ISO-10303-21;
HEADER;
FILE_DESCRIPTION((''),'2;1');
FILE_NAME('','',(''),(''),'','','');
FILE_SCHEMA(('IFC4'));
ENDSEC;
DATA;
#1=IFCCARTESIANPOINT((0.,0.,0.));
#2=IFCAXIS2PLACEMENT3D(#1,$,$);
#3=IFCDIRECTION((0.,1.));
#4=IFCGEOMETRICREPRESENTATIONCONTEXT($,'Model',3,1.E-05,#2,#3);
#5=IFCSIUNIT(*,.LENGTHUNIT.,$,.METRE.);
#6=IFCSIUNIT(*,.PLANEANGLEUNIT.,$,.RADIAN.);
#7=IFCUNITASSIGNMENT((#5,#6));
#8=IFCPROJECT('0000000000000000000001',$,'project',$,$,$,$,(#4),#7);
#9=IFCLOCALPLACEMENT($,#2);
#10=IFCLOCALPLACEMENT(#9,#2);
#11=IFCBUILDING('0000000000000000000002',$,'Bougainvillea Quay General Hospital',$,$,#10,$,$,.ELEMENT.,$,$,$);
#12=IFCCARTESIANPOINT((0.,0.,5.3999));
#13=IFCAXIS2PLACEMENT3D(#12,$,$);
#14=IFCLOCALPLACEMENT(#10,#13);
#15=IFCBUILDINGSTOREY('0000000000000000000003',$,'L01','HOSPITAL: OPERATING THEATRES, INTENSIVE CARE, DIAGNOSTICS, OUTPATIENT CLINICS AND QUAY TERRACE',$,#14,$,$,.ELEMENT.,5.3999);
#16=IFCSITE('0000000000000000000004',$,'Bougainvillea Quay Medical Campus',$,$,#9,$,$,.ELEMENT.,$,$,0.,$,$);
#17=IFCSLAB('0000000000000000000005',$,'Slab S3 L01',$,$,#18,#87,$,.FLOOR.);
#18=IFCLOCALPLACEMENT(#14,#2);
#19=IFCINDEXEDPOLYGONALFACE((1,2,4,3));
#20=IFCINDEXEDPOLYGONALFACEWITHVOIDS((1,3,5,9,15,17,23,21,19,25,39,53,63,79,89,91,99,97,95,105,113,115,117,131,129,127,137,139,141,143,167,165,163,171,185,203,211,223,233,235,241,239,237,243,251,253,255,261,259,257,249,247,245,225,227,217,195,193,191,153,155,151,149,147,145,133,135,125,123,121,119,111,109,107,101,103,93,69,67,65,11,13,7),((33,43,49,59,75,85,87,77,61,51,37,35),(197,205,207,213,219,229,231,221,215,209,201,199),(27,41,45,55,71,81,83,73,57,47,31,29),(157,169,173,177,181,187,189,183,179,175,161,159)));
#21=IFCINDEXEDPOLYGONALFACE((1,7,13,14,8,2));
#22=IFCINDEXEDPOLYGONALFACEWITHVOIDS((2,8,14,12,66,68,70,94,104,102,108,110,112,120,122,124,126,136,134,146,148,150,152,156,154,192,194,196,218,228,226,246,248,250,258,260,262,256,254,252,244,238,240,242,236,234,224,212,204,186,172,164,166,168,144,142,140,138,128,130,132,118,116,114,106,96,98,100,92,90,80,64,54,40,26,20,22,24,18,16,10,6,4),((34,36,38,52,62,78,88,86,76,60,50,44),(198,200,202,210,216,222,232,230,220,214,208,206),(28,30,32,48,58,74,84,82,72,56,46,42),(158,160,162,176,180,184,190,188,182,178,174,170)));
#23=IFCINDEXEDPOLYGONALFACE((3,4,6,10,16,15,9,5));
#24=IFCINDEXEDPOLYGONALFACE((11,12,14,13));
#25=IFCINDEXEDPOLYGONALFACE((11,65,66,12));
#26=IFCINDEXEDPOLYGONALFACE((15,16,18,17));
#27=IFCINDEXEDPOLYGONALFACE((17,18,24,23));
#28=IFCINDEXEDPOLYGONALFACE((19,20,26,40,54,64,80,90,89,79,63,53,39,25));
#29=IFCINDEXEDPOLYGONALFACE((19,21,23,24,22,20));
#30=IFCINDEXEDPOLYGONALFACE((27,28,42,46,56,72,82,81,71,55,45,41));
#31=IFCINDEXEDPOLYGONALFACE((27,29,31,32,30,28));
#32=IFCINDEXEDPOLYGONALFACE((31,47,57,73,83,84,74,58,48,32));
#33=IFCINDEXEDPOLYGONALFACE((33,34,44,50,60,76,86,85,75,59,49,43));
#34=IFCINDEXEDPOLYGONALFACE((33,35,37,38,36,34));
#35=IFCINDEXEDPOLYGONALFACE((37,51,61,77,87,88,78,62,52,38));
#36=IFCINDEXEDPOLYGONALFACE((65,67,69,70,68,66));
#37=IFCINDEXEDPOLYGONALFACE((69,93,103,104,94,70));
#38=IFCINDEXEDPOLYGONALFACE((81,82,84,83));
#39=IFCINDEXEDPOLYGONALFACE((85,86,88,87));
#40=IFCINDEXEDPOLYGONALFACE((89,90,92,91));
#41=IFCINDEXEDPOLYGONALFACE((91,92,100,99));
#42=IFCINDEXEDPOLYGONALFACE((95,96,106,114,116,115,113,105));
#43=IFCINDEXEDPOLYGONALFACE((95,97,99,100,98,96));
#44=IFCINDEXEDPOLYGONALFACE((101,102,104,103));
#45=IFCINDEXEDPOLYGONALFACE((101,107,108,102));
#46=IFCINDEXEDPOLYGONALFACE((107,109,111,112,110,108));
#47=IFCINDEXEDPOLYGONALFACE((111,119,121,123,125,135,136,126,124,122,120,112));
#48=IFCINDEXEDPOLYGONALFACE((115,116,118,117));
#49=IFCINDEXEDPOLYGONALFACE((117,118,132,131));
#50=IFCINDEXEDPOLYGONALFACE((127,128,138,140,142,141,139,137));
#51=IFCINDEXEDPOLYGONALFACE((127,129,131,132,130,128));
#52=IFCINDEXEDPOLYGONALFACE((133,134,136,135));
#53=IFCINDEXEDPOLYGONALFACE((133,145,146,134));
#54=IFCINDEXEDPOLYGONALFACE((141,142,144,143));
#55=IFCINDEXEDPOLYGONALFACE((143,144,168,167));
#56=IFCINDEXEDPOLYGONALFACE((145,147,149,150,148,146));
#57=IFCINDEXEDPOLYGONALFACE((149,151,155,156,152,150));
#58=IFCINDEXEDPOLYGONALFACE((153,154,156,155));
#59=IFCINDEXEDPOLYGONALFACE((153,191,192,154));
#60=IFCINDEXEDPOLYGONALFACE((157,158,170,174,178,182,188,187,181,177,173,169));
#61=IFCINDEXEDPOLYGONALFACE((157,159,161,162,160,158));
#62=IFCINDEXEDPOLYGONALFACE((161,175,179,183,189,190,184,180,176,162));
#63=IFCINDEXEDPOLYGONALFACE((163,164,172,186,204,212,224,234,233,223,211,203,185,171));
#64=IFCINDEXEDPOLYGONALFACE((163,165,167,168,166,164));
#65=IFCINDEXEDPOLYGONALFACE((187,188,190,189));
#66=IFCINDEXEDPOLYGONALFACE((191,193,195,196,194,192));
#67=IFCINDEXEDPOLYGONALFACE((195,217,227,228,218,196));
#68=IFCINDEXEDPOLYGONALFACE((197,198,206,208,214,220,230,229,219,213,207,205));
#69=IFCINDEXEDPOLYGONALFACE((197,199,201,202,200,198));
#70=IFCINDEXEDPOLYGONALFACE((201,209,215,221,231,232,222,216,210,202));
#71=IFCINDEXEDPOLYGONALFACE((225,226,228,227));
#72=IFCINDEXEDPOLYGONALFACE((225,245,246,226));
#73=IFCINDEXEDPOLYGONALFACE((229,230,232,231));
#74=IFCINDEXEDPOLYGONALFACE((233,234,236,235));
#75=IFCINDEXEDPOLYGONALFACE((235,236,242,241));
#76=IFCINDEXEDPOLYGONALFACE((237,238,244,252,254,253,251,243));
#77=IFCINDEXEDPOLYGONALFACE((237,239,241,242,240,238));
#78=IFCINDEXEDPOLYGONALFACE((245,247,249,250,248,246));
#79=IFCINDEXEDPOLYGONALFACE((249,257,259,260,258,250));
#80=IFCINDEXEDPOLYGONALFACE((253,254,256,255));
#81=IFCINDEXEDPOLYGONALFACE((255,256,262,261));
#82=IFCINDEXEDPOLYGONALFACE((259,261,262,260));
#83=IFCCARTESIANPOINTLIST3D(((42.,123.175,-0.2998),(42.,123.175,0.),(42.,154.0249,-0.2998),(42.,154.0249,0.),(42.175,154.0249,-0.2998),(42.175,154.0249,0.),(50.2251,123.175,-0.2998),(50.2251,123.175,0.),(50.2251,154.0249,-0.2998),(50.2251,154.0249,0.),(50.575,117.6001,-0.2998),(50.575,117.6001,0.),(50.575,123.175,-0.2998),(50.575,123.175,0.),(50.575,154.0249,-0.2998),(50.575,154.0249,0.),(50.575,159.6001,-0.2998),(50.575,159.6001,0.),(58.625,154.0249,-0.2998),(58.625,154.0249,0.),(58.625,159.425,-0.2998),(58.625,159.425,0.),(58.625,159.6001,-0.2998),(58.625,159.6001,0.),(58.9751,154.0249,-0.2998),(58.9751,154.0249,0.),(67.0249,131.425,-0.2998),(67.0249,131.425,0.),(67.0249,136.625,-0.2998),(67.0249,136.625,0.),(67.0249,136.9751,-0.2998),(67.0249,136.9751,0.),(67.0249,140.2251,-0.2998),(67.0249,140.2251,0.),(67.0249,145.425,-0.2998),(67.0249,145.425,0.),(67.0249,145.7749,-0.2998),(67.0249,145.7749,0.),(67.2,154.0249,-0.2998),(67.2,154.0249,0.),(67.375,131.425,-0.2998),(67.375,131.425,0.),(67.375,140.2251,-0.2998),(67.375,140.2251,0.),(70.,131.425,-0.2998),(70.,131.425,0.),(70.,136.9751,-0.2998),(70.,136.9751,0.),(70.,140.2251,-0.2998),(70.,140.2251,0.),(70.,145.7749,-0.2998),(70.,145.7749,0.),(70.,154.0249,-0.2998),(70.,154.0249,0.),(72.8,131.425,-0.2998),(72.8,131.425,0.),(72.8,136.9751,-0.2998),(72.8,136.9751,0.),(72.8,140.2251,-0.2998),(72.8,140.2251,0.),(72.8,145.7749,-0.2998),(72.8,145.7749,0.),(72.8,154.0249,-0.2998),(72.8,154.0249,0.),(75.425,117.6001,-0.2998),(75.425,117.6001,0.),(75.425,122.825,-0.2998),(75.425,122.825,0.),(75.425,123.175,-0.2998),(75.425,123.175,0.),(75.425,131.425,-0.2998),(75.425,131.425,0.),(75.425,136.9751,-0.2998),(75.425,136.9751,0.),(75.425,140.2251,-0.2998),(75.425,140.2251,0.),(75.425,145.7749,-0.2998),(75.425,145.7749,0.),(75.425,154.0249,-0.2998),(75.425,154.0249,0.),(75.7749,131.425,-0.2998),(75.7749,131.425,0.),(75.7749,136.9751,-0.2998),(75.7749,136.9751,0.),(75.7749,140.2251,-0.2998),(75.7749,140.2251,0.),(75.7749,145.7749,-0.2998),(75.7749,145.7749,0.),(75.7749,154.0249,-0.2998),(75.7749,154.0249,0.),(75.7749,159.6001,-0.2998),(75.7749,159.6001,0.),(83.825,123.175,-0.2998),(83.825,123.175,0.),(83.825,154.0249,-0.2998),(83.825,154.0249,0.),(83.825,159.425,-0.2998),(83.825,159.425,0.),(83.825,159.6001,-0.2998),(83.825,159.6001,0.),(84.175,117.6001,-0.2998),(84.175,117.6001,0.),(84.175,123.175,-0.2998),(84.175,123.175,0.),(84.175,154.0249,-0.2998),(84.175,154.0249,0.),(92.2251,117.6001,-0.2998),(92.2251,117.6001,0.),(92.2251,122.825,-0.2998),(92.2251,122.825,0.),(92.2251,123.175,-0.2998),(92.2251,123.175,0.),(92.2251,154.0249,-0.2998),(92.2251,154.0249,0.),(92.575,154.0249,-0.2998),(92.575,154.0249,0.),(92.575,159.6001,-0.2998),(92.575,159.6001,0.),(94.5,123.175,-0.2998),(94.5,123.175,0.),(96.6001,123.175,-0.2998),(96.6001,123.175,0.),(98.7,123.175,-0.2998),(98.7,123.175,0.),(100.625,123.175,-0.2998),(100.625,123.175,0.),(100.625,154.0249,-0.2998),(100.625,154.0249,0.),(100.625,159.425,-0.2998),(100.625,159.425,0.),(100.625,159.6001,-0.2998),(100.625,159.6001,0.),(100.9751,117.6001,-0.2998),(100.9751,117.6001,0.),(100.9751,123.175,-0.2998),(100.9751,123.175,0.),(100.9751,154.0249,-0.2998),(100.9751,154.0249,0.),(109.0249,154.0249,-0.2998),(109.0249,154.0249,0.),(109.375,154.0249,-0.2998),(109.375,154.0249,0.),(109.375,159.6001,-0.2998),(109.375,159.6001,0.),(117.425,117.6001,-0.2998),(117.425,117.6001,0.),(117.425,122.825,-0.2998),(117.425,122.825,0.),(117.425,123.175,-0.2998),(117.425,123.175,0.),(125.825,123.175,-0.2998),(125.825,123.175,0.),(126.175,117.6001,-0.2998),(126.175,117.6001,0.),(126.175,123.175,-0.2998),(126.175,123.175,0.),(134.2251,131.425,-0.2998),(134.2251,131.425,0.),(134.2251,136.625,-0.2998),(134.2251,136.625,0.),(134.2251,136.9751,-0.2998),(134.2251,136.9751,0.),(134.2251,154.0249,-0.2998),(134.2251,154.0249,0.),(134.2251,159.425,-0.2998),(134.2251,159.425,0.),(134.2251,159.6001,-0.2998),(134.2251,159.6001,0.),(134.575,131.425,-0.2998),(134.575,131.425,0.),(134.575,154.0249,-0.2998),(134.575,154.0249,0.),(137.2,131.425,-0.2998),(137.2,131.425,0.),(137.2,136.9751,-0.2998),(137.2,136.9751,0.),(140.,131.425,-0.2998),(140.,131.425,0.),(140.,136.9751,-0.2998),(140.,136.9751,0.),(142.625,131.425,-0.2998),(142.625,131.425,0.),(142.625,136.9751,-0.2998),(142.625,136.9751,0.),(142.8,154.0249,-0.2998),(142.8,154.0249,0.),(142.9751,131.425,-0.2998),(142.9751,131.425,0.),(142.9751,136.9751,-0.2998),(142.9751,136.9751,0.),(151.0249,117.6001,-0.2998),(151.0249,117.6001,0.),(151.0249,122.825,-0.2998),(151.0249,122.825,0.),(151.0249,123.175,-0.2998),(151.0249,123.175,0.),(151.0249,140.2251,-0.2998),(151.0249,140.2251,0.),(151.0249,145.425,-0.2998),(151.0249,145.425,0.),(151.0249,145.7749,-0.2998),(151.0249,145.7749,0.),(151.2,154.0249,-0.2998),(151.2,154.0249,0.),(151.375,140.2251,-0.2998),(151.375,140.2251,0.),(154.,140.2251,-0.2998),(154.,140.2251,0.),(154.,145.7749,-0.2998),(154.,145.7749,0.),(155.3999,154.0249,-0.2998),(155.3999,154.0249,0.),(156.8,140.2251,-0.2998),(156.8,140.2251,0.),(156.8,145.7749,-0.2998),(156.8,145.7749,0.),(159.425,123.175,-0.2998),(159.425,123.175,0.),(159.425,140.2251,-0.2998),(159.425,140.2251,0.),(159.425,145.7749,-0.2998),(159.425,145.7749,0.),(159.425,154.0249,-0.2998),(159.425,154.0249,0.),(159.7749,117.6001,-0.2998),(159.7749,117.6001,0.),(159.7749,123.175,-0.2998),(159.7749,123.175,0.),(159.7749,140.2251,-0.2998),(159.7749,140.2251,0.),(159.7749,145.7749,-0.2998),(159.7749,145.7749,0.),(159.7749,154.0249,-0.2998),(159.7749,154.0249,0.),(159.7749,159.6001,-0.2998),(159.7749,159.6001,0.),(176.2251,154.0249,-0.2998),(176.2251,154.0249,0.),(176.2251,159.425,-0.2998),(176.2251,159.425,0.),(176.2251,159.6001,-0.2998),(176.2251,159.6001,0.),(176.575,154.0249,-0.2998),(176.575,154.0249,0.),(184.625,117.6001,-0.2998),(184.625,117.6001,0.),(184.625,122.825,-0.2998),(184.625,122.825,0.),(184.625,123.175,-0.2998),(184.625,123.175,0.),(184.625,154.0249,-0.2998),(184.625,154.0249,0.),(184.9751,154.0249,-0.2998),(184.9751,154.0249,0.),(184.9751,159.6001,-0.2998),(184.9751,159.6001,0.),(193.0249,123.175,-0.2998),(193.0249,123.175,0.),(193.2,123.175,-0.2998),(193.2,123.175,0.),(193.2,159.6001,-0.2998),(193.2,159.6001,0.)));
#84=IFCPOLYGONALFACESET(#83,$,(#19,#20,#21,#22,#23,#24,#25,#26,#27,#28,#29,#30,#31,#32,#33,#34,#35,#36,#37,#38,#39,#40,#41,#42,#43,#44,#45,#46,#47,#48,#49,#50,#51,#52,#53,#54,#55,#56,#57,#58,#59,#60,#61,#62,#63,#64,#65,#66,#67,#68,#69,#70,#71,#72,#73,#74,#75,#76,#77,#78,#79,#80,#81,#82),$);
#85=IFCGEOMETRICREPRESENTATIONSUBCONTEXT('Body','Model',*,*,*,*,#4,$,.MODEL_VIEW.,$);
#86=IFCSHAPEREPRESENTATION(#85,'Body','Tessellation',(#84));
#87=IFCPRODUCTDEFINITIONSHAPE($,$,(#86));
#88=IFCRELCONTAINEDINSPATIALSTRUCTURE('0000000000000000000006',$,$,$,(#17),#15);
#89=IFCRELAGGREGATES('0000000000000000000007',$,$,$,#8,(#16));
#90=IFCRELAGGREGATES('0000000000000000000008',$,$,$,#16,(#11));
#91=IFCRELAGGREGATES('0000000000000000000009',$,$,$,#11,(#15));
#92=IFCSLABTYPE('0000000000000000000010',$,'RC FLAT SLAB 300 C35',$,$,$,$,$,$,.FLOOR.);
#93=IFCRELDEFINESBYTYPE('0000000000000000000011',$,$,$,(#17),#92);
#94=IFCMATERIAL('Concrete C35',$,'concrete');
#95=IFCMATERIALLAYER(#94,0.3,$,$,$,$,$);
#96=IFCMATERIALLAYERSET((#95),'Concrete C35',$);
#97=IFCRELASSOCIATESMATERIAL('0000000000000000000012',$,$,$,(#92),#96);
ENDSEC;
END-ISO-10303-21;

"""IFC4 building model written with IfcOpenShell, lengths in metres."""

from ifc_helpers import new_model, si_unit, direction, frame, origin, place, context, subcontext, project, spatial, polyline, outline, extrude, material, layer, layer_set, type_object, element, save


model = new_model("IFC4")

# Units and contexts
model_context = context("Model", 3, precision=1e-05, world=origin(), true_north=direction((0.0, 1.0)))
body_context = subcontext(model_context, "Body", "Model", "MODEL_VIEW")
ifc_project = project(units=[si_unit("LENGTHUNIT", "METRE"), si_unit("PLANEANGLEUNIT", "RADIAN")], contexts=[model_context])

# Site, building, storey
site_placement = place(None, origin())
site = spatial("IfcSite", under=ifc_project, at=site_placement, Name="Bougainvillea Quay Medical Campus", CompositionType="ELEMENT", RefElevation=0.0)
building_placement = place(site_placement, origin())
building = spatial("IfcBuilding", under=site, at=building_placement, Name="Bougainvillea Quay General Hospital", CompositionType="ELEMENT")
storey_placement = place(building_placement, frame((0.0, 0.0, 5.3999)))
storey = spatial("IfcBuildingStorey", under=building, at=storey_placement, Name="L01", Description="HOSPITAL: OPERATING THEATRES, INTENSIVE CARE, DIAGNOSTICS, OUTPATIENT CLINICS AND QUAY TERRACE", CompositionType="ELEMENT", Elevation=5.3999)

# Slab
ifc_material_1 = material(Name="Concrete C35", Category="concrete")
ifc_layer_1 = layer(ifc_material_1, 0.3)
ifc_layer_set_1 = layer_set([ifc_layer_1], Name="Concrete C35")
slab_type_1 = type_object("IfcSlabType", Name="RC FLAT SLAB 300 C35", PredefinedType="FLOOR", material=ifc_layer_set_1)
slab_1_placement = place(storey_placement, frame((0.0, 0.0, -0.2998)))
element("IfcSlab", 1, at=slab_1_placement, inside=storey, type_object=slab_type_1, Name="Slab S3 L01", PredefinedType="FLOOR", context=body_context, shape_type="SweptSolid", body=[
    extrude(outline(polyline([(83.825, 159.6001), (75.7749, 159.6001), (75.7749, 154.0249), (75.425, 154.0249), (72.8, 154.0249), (70.0, 154.0249), (67.2, 154.0249), (58.9751, 154.0249), (58.625, 154.0249), (58.625, 159.425), (58.625, 159.6001), (50.575, 159.6001), (50.575, 154.0249), (50.2251, 154.0249), (42.175, 154.0249), (42.0, 154.0249), (42.0, 123.175), (50.2251, 123.175), (50.575, 123.175), (50.575, 117.6001), (75.425, 117.6001), (75.425, 122.825), (75.425, 123.175), (83.825, 123.175), (84.175, 123.175), (84.175, 117.6001), (92.2251, 117.6001), (92.2251, 122.825), (92.2251, 123.175), (94.5, 123.175), (96.6001, 123.175), (98.7, 123.175), (100.625, 123.175), (100.9751, 123.175), (100.9751, 117.6001), (117.425, 117.6001), (117.425, 122.825), (117.425, 123.175), (125.825, 123.175), (126.175, 123.175), (126.175, 117.6001), (151.0249, 117.6001), (151.0249, 122.825), (151.0249, 123.175), (159.425, 123.175), (159.7749, 123.175), (159.7749, 117.6001), (184.625, 117.6001), (184.625, 122.825), (184.625, 123.175), (193.0249, 123.175), (193.2, 123.175), (193.2, 159.6001), (184.9751, 159.6001), (184.9751, 154.0249), (184.625, 154.0249), (176.575, 154.0249), (176.2251, 154.0249), (176.2251, 159.425), (176.2251, 159.6001), (159.7749, 159.6001), (159.7749, 154.0249), (159.425, 154.0249), (155.3999, 154.0249), (151.2, 154.0249), (142.8, 154.0249), (134.575, 154.0249), (134.2251, 154.0249), (134.2251, 159.425), (134.2251, 159.6001), (109.375, 159.6001), (109.375, 154.0249), (109.0249, 154.0249), (100.9751, 154.0249), (100.625, 154.0249), (100.625, 159.425), (100.625, 159.6001), (92.575, 159.6001), (92.575, 154.0249), (92.2251, 154.0249), (84.175, 154.0249), (83.825, 154.0249), (83.825, 159.425), (83.825, 159.6001)]), holes=[polyline([(151.0249, 145.425), (151.0249, 145.7749), (154.0, 145.7749), (156.8, 145.7749), (159.425, 145.7749), (159.7749, 145.7749), (159.7749, 140.2251), (159.425, 140.2251), (156.8, 140.2251), (154.0, 140.2251), (151.375, 140.2251), (151.0249, 140.2251), (151.0249, 145.425)]), polyline([(134.2251, 136.9751), (137.2, 136.9751), (140.0, 136.9751), (142.625, 136.9751), (142.9751, 136.9751), (142.9751, 131.425), (142.625, 131.425), (140.0, 131.425), (137.2, 131.425), (134.575, 131.425), (134.2251, 131.425), (134.2251, 136.625), (134.2251, 136.9751)]), polyline([(67.0249, 140.2251), (67.0249, 145.425), (67.0249, 145.7749), (70.0, 145.7749), (72.8, 145.7749), (75.425, 145.7749), (75.7749, 145.7749), (75.7749, 140.2251), (75.425, 140.2251), (72.8, 140.2251), (70.0, 140.2251), (67.375, 140.2251), (67.0249, 140.2251)]), polyline([(67.0249, 131.425), (67.0249, 136.625), (67.0249, 136.9751), (70.0, 136.9751), (72.8, 136.9751), (75.425, 136.9751), (75.7749, 136.9751), (75.7749, 131.425), (75.425, 131.425), (72.8, 131.425), (70.0, 131.425), (67.375, 131.425), (67.0249, 131.425)])]), origin(), (0.0, 0.0, 1.0), 0.2998),
])

save(model, "model.ifc")
